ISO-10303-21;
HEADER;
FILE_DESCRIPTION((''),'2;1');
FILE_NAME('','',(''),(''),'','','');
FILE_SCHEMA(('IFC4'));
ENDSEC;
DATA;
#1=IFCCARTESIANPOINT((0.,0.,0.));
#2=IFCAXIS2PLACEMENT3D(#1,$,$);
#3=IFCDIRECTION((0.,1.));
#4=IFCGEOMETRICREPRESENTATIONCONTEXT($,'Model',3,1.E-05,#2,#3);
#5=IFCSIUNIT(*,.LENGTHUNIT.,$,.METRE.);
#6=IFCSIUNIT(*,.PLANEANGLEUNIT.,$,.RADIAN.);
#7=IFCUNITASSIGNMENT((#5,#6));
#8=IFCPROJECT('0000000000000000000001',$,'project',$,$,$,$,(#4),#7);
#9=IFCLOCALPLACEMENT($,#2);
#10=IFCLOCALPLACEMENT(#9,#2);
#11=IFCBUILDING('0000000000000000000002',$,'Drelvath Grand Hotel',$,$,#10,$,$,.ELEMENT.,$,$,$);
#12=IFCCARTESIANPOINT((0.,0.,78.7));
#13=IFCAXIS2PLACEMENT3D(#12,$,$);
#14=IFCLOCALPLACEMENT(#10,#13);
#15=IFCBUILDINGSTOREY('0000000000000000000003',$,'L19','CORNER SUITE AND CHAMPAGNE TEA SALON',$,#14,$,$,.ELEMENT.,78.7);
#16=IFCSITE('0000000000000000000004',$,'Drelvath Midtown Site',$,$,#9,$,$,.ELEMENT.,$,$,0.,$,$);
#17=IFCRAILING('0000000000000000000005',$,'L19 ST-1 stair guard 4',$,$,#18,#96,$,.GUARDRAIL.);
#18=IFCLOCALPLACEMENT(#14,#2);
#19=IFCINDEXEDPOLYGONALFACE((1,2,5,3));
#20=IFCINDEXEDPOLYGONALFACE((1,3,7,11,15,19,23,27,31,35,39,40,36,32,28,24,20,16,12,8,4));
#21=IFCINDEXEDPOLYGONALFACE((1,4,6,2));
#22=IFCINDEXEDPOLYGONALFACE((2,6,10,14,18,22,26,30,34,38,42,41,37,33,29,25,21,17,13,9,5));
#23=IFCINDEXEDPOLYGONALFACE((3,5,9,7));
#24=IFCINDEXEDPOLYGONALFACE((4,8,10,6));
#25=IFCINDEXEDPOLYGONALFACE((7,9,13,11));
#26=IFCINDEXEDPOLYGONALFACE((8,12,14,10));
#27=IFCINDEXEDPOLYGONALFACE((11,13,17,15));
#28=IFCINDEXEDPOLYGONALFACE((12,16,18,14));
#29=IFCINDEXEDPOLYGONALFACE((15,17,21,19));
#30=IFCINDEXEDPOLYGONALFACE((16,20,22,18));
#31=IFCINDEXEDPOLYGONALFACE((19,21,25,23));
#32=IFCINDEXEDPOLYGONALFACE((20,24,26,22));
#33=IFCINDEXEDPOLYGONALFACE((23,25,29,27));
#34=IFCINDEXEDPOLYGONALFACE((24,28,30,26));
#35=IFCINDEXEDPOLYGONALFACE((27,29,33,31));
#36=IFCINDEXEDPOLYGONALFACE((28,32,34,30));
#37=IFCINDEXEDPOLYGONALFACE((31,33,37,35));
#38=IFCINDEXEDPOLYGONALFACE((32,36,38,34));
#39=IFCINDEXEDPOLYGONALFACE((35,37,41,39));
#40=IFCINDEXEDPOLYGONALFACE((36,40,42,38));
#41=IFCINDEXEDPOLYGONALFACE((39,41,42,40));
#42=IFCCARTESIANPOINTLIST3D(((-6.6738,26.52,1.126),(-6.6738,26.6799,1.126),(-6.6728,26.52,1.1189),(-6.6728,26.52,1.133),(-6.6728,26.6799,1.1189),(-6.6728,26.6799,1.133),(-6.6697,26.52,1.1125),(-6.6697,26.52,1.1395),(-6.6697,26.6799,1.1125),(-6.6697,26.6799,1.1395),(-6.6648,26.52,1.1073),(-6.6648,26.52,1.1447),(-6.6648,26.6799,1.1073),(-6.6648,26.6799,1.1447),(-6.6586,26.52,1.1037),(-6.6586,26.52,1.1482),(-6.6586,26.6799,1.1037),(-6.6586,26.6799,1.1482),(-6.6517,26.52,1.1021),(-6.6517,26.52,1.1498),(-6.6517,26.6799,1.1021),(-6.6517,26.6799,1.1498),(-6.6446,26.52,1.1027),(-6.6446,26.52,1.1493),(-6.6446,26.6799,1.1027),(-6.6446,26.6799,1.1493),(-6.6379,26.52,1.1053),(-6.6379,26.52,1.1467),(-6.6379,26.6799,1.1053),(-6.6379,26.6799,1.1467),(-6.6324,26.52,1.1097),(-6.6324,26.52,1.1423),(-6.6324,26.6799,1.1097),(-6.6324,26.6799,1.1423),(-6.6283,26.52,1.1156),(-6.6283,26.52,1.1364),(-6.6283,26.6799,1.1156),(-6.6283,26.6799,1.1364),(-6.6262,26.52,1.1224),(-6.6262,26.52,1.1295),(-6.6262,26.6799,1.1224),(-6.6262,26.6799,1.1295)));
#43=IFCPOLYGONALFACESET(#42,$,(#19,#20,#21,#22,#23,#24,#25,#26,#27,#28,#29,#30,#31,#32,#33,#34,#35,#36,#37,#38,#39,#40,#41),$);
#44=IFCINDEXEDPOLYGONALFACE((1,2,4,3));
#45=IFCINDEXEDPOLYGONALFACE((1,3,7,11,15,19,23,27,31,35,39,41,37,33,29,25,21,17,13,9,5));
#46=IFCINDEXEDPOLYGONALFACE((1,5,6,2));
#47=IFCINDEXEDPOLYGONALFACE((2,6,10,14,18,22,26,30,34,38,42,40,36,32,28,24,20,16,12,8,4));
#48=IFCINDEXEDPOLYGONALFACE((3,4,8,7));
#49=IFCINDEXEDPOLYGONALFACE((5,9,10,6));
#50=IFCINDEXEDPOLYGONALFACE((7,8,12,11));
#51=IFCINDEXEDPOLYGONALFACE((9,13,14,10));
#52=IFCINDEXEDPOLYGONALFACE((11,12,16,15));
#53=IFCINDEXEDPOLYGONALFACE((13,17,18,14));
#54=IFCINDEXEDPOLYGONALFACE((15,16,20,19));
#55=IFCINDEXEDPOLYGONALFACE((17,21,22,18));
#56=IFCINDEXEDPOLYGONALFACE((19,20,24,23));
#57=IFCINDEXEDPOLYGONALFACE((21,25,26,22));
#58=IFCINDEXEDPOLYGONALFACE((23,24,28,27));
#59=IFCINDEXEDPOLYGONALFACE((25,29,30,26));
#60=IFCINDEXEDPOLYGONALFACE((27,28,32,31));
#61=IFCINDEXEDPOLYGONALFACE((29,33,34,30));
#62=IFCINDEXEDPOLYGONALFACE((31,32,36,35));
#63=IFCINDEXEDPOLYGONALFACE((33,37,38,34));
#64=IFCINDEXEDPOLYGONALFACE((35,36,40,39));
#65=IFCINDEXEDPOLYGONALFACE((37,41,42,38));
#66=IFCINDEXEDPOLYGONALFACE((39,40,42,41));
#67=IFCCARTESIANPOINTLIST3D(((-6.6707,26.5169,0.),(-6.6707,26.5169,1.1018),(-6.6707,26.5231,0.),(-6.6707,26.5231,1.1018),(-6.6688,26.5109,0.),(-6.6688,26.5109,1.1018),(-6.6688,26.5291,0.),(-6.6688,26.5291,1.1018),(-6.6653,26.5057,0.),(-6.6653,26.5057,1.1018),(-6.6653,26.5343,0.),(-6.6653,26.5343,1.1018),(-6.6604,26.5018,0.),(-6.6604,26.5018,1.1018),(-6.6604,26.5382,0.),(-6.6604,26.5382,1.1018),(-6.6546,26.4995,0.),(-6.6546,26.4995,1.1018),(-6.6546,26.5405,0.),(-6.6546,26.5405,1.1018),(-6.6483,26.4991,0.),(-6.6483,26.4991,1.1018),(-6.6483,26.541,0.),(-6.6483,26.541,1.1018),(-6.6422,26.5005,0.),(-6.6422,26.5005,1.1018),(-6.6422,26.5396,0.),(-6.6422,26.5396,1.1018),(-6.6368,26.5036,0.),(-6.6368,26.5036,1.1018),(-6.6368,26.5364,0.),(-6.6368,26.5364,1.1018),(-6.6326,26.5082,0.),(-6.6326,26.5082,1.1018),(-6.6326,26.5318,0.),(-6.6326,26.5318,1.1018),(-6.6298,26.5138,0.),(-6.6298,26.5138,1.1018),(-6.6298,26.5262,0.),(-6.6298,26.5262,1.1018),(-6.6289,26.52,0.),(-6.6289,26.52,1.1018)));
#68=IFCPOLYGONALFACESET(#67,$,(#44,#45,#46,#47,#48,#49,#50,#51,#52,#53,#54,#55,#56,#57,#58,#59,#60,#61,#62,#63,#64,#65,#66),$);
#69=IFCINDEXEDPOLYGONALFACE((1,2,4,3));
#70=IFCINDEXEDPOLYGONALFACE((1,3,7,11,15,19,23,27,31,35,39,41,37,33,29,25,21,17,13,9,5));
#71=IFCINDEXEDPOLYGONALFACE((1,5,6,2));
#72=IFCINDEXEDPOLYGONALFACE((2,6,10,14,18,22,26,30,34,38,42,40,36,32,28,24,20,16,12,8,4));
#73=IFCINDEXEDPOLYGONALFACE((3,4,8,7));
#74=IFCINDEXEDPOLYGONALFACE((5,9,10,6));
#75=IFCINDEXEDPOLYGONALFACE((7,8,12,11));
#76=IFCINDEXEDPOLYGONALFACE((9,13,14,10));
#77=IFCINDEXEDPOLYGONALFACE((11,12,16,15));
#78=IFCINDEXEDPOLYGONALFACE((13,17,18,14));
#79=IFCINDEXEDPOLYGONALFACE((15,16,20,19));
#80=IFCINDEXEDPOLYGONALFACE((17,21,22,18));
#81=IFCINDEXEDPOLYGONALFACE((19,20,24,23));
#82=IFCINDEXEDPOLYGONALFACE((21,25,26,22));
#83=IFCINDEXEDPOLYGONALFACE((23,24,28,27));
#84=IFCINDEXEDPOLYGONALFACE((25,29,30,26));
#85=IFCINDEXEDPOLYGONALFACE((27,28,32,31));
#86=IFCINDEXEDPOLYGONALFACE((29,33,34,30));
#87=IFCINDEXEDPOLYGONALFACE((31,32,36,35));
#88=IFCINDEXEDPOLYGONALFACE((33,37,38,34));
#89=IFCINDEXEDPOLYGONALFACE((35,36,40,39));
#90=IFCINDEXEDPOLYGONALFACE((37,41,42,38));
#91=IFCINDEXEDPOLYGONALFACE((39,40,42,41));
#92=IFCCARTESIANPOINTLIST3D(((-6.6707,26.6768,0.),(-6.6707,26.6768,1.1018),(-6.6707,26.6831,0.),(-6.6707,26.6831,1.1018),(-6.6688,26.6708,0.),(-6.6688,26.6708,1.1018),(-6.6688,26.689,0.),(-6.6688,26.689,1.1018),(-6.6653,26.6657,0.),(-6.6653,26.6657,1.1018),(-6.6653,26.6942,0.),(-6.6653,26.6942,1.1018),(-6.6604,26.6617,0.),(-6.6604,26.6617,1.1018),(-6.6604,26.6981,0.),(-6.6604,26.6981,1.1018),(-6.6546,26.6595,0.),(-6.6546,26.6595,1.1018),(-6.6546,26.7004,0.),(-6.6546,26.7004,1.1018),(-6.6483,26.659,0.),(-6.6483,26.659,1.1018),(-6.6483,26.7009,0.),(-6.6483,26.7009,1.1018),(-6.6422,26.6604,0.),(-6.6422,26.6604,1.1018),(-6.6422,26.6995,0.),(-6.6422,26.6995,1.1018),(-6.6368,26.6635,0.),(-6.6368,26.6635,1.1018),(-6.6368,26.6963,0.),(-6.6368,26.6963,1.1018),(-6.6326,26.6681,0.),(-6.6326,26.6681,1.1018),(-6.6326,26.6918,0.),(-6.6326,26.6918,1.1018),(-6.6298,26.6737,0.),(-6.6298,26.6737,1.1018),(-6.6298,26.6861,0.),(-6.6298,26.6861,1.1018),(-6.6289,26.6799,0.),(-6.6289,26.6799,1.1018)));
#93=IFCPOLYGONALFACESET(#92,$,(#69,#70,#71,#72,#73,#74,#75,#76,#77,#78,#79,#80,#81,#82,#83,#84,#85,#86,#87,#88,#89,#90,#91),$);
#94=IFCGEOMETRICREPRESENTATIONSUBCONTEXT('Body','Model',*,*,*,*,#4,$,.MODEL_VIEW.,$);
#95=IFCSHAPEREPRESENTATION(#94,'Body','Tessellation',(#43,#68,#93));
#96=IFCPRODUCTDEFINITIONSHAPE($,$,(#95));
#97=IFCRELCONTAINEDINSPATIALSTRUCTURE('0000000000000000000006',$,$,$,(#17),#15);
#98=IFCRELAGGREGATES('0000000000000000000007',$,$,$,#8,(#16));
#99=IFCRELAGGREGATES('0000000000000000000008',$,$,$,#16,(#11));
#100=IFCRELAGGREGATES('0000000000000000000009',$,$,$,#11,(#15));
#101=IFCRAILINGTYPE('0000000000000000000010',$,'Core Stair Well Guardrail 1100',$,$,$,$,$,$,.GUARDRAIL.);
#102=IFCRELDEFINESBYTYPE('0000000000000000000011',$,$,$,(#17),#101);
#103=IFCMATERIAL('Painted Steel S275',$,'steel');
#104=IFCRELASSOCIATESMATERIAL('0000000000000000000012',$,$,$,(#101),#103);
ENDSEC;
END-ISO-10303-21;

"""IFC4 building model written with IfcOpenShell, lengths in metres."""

from ifc_helpers import new_model, si_unit, direction, frame, origin, origin_2d, place, context, subcontext, project, spatial, circle, extrude, material, type_object, element, save


model = new_model("IFC4")

# Units and contexts
model_context = context("Model", 3, precision=1e-05, world=origin(), true_north=direction((0.0, 1.0)))
body_context = subcontext(model_context, "Body", "Model", "MODEL_VIEW")
ifc_project = project(units=[si_unit("LENGTHUNIT", "METRE"), si_unit("PLANEANGLEUNIT", "RADIAN")], contexts=[model_context])

# Site, building, storey
site_placement = place(None, origin())
site = spatial("IfcSite", under=ifc_project, at=site_placement, Name="Drelvath Midtown Site", CompositionType="ELEMENT", RefElevation=0.0)
building_placement = place(site_placement, origin())
building = spatial("IfcBuilding", under=site, at=building_placement, Name="Drelvath Grand Hotel", CompositionType="ELEMENT")
storey_placement = place(building_placement, frame((0.0, 0.0, 78.7)))
storey = spatial("IfcBuildingStorey", under=building, at=storey_placement, Name="L19", Description="CORNER SUITE AND CHAMPAGNE TEA SALON", CompositionType="ELEMENT", Elevation=78.7)

# Shared definitions
ifc_material_1 = material(Name="Painted Steel S275", Category="steel")

# Railing
railing_type_1 = type_object("IfcRailingType", Name="Core Stair Well Guardrail 1100", PredefinedType="GUARDRAIL", material=ifc_material_1)
railing_1_placement = place(storey_placement, frame((-6.6499, 26.52, 0.0)))
element("IfcRailing", 1, at=railing_1_placement, inside=storey, type_object=railing_type_1, Name="L19 ST-1 stair guard 4", PredefinedType="GUARDRAIL", context=body_context, shape_type="SweptSolid", body=[
    extrude(circle(Radius=0.0239, at=origin_2d()), frame((0.0, 0.0, 1.126), z_axis=(0.0, 1.0, 0.0), x_axis=(-1.0, 0.0, 0.0)), (0.0, 0.0, 1.0), 0.1599),
    extrude(circle(Radius=0.021, at=origin_2d()), origin(), (0.0, 0.0, 1.0), 1.1018),
    extrude(circle(Radius=0.021, at=origin_2d()), frame((0.0, 0.1599, 0.0)), (0.0, 0.0, 1.0), 1.1018),
])

save(model, "model.ifc")
